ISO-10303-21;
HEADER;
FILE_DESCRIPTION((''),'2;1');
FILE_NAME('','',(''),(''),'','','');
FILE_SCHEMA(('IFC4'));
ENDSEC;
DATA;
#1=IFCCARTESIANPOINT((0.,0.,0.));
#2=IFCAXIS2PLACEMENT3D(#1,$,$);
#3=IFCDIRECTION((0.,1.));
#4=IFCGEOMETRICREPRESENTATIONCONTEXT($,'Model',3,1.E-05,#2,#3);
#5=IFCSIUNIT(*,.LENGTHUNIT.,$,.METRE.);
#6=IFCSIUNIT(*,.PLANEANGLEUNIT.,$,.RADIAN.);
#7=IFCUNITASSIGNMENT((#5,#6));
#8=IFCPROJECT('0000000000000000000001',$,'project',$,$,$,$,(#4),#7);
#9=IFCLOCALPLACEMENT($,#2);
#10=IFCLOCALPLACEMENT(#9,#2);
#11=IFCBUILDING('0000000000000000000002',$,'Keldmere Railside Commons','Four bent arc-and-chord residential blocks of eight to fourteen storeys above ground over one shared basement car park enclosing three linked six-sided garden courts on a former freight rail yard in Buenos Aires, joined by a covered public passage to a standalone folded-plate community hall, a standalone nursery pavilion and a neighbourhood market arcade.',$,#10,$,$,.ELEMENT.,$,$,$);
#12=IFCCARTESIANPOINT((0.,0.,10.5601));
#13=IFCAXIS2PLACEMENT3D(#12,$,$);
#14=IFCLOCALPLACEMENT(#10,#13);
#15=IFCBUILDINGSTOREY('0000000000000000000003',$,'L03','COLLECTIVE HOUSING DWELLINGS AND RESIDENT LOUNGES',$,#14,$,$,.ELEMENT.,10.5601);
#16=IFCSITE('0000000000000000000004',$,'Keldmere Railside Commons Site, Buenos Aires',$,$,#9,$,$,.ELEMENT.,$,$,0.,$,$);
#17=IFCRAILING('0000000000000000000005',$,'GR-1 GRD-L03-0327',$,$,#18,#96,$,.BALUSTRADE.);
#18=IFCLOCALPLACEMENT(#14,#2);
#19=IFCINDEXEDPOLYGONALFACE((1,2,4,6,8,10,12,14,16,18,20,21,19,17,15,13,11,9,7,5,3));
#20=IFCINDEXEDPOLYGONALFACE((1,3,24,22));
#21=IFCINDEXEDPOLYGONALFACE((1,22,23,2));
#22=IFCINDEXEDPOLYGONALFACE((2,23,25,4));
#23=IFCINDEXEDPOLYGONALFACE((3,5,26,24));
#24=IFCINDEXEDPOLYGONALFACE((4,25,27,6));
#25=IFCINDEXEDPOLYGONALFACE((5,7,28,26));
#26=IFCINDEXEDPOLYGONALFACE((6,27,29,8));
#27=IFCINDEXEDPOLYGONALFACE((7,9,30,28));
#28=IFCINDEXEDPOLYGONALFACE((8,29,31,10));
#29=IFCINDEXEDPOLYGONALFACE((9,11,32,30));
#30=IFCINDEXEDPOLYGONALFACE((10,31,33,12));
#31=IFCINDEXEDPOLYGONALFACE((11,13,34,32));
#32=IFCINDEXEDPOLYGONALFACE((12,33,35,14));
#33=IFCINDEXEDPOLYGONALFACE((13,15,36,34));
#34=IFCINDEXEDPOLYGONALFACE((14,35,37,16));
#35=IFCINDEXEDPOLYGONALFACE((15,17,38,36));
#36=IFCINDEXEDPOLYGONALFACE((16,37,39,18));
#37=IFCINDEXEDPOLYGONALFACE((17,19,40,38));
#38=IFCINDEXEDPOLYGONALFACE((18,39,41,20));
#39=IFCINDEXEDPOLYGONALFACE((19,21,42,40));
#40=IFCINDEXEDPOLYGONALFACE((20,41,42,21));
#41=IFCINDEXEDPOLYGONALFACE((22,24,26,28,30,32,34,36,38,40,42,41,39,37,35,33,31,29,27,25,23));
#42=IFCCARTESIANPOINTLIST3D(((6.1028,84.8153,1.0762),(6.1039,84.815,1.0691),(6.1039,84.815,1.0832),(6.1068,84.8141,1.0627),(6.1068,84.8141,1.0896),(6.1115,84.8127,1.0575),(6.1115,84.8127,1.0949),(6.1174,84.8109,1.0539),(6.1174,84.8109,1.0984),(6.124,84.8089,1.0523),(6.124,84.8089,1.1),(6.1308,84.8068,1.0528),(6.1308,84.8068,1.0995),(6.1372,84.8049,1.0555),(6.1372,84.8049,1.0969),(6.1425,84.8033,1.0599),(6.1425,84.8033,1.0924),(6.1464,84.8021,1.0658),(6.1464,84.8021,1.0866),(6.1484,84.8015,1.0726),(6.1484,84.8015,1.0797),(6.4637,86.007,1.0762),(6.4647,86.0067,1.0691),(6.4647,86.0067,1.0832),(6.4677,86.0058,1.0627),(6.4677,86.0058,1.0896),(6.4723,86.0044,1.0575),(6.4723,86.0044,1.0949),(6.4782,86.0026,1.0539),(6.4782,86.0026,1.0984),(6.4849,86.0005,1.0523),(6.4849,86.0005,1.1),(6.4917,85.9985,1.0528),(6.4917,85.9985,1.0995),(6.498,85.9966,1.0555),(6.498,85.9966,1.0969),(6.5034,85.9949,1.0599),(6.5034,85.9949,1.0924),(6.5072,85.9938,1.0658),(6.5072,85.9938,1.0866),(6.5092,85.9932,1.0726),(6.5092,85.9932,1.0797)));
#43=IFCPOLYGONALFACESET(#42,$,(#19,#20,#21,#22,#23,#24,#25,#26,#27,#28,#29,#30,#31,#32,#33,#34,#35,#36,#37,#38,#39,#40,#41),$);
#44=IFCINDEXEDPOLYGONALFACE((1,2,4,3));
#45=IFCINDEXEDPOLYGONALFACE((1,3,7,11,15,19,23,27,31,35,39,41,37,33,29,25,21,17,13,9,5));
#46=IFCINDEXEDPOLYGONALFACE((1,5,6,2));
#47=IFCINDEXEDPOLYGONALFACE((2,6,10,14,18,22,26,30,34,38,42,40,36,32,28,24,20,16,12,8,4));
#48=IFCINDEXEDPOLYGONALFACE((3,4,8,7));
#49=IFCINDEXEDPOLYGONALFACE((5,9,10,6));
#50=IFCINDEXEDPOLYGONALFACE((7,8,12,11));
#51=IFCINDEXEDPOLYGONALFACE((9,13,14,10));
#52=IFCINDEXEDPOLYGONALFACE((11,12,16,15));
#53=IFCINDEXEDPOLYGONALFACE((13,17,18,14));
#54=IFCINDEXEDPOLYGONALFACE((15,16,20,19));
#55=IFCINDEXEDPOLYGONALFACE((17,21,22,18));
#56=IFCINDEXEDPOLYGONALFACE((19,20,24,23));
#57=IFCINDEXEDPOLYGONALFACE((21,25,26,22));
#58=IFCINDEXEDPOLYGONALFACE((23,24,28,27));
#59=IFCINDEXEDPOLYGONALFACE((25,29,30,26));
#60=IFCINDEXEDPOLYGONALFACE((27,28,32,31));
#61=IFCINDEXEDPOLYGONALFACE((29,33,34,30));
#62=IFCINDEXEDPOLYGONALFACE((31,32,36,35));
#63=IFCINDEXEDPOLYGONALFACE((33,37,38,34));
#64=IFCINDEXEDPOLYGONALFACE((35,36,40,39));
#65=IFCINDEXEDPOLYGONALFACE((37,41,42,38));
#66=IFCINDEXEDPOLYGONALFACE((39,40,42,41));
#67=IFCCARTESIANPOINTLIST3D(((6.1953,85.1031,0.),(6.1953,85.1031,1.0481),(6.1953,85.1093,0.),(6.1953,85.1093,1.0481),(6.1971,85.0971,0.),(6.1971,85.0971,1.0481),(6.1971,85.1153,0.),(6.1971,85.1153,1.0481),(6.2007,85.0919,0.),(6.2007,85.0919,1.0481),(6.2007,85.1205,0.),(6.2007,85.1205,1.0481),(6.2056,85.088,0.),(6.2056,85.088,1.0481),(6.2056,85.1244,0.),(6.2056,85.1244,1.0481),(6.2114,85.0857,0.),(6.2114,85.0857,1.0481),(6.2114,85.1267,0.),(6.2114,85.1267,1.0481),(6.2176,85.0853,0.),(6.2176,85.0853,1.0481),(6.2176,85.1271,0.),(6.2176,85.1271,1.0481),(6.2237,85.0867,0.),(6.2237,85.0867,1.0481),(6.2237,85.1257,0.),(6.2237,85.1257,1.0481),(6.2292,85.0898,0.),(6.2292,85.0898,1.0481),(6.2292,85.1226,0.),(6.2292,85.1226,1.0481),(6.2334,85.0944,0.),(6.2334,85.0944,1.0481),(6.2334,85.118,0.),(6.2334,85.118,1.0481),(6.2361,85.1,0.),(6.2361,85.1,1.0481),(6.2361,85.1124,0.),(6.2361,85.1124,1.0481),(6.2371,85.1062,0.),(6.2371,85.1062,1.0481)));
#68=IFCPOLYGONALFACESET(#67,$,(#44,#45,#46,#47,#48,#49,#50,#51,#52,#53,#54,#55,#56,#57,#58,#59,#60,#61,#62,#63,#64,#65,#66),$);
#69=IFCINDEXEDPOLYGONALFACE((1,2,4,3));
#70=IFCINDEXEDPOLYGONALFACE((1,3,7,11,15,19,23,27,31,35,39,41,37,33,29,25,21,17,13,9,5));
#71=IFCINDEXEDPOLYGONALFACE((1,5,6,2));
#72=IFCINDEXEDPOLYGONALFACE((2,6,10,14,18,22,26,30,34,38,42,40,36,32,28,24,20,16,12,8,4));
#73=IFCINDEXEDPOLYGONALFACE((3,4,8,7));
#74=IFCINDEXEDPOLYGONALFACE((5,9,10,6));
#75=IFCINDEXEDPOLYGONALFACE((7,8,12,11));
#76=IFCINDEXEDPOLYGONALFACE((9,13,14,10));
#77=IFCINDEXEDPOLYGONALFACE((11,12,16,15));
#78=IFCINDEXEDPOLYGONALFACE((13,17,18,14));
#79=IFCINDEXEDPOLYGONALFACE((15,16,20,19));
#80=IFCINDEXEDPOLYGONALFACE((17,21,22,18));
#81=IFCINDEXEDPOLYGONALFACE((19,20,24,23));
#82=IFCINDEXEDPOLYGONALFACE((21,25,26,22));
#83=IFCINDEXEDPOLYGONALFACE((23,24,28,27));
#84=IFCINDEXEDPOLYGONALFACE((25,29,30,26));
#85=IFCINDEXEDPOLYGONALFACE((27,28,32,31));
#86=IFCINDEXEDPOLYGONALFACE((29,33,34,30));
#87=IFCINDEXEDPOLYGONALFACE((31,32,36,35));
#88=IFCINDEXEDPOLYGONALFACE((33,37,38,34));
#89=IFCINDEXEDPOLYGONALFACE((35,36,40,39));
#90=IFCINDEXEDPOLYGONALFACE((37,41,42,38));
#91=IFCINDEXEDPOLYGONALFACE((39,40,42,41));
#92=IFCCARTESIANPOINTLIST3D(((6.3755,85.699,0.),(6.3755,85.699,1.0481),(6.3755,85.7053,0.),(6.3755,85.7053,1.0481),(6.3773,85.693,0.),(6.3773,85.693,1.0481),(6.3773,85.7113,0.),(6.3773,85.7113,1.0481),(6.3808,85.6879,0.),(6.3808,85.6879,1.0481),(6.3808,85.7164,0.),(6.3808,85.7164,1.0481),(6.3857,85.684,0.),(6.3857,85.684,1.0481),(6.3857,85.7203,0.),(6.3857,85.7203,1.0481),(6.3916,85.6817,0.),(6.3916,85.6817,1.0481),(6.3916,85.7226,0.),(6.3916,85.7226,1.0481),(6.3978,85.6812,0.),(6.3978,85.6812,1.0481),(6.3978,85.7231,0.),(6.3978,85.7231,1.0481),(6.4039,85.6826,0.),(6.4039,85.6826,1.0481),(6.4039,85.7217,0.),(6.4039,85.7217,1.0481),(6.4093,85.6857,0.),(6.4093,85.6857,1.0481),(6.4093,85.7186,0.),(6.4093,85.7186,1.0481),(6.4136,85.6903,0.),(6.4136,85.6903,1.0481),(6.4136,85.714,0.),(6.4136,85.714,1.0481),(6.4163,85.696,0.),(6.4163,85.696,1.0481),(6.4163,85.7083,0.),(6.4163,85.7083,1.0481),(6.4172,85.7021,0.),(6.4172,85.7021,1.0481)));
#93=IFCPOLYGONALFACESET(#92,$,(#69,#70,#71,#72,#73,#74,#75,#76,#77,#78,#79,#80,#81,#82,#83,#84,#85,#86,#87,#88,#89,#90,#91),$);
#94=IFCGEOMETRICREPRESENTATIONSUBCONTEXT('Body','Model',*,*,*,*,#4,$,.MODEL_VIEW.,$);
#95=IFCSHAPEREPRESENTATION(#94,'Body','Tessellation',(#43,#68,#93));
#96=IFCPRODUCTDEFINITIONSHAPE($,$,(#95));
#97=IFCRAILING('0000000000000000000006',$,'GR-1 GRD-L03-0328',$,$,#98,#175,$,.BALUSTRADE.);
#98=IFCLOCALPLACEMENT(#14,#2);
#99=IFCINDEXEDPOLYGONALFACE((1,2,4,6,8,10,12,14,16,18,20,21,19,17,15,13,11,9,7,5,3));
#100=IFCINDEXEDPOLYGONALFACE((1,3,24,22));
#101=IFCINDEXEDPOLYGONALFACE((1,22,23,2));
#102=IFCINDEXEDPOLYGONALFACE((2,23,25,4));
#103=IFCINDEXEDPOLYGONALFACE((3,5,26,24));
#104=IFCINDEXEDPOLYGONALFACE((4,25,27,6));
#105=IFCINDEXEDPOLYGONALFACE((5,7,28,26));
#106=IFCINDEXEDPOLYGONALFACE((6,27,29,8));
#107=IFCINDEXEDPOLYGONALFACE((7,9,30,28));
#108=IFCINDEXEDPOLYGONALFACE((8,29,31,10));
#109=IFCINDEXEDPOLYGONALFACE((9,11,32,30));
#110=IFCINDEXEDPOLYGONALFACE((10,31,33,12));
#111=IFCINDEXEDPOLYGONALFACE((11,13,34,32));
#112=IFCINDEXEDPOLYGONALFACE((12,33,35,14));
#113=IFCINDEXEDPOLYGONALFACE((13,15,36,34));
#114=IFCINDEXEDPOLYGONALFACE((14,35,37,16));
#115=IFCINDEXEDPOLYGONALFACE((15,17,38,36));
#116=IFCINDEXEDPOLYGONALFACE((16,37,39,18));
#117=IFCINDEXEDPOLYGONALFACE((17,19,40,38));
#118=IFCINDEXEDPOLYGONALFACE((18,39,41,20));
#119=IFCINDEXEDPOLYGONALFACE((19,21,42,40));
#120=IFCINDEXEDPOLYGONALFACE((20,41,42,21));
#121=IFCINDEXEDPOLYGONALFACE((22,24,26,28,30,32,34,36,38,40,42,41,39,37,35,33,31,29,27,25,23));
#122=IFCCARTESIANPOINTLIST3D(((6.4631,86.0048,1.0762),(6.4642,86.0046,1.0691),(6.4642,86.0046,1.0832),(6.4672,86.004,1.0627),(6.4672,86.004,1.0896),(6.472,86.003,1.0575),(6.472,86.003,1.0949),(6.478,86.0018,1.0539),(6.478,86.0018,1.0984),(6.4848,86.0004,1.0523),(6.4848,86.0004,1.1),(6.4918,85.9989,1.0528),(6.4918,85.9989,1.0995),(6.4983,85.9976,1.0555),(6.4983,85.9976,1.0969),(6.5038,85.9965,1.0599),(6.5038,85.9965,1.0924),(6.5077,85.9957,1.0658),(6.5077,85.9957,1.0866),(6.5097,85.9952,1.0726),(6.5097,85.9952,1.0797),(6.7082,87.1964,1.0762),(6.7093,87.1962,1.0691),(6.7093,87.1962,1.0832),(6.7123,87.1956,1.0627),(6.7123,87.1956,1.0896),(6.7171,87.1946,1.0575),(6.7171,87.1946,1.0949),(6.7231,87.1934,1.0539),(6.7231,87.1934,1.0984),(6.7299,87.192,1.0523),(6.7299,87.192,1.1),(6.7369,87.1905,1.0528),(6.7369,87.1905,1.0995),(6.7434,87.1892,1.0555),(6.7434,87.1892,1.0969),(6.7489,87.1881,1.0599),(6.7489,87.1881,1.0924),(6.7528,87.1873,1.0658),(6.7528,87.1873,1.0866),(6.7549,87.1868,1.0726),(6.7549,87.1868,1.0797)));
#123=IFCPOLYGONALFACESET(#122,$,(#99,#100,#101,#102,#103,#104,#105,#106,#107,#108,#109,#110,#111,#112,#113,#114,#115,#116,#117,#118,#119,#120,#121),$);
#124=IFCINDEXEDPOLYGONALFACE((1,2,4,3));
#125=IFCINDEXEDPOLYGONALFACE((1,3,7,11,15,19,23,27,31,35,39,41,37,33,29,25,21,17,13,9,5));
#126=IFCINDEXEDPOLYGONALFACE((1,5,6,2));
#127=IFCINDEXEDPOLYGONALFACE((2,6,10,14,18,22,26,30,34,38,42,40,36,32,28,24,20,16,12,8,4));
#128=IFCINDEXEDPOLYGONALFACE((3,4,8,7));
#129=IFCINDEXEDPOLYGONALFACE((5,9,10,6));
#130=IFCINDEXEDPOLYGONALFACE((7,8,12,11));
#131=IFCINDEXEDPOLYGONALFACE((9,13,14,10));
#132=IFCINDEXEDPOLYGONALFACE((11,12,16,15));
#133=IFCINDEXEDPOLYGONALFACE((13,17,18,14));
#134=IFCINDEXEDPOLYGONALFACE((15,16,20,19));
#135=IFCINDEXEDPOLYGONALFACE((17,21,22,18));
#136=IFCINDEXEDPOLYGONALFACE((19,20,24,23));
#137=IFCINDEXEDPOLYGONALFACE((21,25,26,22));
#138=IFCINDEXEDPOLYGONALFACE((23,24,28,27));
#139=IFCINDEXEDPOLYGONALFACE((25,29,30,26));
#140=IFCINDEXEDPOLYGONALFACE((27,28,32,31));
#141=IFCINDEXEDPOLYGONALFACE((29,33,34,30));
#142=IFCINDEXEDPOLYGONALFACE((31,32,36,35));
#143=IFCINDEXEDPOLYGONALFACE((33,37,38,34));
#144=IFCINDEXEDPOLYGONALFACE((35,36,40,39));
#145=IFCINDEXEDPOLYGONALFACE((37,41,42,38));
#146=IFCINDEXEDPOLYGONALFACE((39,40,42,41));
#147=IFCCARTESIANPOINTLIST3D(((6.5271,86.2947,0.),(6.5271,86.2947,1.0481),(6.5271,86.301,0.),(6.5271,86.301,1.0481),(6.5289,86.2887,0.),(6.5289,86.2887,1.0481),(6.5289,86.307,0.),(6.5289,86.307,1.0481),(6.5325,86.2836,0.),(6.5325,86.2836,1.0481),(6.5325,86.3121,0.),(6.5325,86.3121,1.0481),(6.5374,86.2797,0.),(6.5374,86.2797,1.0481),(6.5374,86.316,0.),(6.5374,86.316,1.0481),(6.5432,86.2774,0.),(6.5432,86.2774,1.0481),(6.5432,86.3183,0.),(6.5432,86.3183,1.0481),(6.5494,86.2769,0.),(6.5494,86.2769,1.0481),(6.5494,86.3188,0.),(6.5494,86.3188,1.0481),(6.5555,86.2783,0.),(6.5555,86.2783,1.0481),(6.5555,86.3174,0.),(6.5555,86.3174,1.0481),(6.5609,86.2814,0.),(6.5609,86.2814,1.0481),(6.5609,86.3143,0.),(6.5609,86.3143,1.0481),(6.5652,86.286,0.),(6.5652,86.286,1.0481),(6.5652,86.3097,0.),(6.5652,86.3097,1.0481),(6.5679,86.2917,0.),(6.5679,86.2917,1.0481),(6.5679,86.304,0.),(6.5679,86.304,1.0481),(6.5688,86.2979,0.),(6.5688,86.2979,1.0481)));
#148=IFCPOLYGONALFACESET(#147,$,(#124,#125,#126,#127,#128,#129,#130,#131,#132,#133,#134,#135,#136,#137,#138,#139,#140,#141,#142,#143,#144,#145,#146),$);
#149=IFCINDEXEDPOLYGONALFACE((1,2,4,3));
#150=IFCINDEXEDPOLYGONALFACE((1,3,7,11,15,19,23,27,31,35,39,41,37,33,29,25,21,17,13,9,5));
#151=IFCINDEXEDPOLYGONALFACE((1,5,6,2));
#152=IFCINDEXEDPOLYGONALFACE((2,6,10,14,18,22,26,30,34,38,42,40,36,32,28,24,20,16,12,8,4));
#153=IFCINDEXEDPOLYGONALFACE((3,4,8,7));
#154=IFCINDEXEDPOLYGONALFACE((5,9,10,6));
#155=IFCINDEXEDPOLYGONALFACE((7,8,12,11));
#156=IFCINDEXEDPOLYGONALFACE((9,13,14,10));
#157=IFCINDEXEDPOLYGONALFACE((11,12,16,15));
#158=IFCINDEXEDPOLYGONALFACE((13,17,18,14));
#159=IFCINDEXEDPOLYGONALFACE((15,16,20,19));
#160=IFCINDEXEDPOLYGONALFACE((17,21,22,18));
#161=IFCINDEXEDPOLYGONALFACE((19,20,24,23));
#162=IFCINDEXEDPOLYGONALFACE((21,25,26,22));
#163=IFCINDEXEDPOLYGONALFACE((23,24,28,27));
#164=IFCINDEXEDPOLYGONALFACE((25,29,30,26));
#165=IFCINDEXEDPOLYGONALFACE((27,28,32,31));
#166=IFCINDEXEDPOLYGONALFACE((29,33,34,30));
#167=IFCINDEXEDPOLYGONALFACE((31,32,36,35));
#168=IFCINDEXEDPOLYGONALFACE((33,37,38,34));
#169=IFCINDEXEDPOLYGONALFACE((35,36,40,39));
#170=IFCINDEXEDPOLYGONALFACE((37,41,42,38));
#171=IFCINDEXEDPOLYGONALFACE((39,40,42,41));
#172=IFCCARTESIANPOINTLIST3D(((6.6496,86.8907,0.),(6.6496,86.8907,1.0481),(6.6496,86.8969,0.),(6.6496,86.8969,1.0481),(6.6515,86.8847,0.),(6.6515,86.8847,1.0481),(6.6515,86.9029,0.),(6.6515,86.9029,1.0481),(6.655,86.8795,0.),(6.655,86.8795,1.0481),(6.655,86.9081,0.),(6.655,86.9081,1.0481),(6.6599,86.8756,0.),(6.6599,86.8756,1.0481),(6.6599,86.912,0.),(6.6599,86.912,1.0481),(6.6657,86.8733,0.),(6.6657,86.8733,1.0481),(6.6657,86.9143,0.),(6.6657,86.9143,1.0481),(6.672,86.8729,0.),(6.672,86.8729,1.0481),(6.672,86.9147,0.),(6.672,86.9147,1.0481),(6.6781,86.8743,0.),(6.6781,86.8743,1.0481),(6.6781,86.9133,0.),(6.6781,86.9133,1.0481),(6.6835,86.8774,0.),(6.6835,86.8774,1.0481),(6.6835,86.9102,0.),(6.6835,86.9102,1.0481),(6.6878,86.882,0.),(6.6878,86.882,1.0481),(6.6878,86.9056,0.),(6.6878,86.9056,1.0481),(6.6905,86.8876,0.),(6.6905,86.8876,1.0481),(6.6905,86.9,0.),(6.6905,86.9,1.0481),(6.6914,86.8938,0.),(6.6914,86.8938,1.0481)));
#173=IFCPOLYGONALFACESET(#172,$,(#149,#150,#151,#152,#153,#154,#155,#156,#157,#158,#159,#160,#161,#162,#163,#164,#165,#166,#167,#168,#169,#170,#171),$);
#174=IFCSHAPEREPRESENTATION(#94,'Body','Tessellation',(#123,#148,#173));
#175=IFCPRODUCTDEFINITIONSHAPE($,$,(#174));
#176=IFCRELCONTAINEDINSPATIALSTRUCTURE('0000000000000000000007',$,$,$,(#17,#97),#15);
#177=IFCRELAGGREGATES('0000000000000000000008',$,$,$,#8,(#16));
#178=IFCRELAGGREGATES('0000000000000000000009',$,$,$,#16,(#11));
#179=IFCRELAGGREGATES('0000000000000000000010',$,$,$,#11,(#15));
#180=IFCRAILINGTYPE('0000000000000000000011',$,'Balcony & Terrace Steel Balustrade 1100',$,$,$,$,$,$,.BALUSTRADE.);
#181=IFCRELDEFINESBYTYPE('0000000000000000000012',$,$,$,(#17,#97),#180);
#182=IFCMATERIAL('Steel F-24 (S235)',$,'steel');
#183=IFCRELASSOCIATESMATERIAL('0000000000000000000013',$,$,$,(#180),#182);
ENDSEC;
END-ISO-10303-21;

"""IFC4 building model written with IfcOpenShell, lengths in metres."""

from ifc_helpers import new_model, si_unit, direction, frame, origin, origin_2d, place, context, subcontext, project, spatial, circle, extrude, material, type_object, element, save


model = new_model("IFC4")

# Units and contexts
model_context = context("Model", 3, precision=1e-05, world=origin(), true_north=direction((0.0, 1.0)))
body_context = subcontext(model_context, "Body", "Model", "MODEL_VIEW")
ifc_project = project(units=[si_unit("LENGTHUNIT", "METRE"), si_unit("PLANEANGLEUNIT", "RADIAN")], contexts=[model_context])

# Site, building, storey
site_placement = place(None, origin())
site = spatial("IfcSite", under=ifc_project, at=site_placement, Name="Keldmere Railside Commons Site, Buenos Aires", CompositionType="ELEMENT", RefElevation=0.0)
building_placement = place(site_placement, origin())
building = spatial("IfcBuilding", under=site, at=building_placement, Name="Keldmere Railside Commons", Description="Four bent arc-and-chord residential blocks of eight to fourteen storeys above ground over one shared basement car park enclosing three linked six-sided garden courts on a former freight rail yard in Buenos Aires, joined by a covered public passage to a standalone folded-plate community hall, a standalone nursery pavilion and a neighbourhood market arcade.", CompositionType="ELEMENT")
storey_placement = place(building_placement, frame((0.0, 0.0, 10.5601)))
storey = spatial("IfcBuildingStorey", under=building, at=storey_placement, Name="L03", Description="COLLECTIVE HOUSING DWELLINGS AND RESIDENT LOUNGES", CompositionType="ELEMENT", Elevation=10.5601)

# Railings
ifc_material_1 = material(Name="Steel F-24 (S235)", Category="steel")
railing_type = type_object("IfcRailingType", Name="Balcony & Terrace Steel Balustrade 1100", PredefinedType="BALUSTRADE", material=ifc_material_1)
railing_1_placement = place(storey_placement, frame((6.1257, 84.8083, 0.0)))
element("IfcRailing", 1, at=railing_1_placement, inside=storey, type_object=railing_type, Name="GR-1 GRD-L03-0327", PredefinedType="BALUSTRADE", context=body_context, shape_type="SweptSolid", body=[
    extrude(circle(Radius=0.0239, at=origin_2d()), frame((0.0, 0.0, 1.0762), z_axis=(0.289811, 0.957084, 0.0), x_axis=(-0.957084, 0.289811, 0.0)), (0.0, 0.0, 1.0), 1.2451),
    extrude(circle(Radius=0.021, at=origin_2d()), frame((0.0903, 0.2979, 0.0)), (0.0, 0.0, 1.0), 1.0481),
    extrude(circle(Radius=0.021, at=origin_2d()), frame((0.2705, 0.8938, 0.0)), (0.0, 0.0, 1.0), 1.0481),
])
railing_2_placement = place(storey_placement, frame((6.4866, 86.0, 0.0)))
element("IfcRailing", 2, at=railing_2_placement, inside=storey, type_object=railing_type, Name="GR-1 GRD-L03-0328", PredefinedType="BALUSTRADE", context=body_context, shape_type="SweptSolid", body=[
    extrude(circle(Radius=0.0239, at=origin_2d()), frame((0.0, 0.0, 1.0762), z_axis=(0.201477, 0.979493, 0.0), x_axis=(-0.979493, 0.201477, 0.0)), (0.0, 0.0, 1.0), 1.2166),
    extrude(circle(Radius=0.021, at=origin_2d()), frame((0.0613, 0.2979, 0.0)), (0.0, 0.0, 1.0), 1.0481),
    extrude(circle(Radius=0.021, at=origin_2d()), frame((0.1838, 0.8938, 0.0)), (0.0, 0.0, 1.0), 1.0481),
])

save(model, "model.ifc")
